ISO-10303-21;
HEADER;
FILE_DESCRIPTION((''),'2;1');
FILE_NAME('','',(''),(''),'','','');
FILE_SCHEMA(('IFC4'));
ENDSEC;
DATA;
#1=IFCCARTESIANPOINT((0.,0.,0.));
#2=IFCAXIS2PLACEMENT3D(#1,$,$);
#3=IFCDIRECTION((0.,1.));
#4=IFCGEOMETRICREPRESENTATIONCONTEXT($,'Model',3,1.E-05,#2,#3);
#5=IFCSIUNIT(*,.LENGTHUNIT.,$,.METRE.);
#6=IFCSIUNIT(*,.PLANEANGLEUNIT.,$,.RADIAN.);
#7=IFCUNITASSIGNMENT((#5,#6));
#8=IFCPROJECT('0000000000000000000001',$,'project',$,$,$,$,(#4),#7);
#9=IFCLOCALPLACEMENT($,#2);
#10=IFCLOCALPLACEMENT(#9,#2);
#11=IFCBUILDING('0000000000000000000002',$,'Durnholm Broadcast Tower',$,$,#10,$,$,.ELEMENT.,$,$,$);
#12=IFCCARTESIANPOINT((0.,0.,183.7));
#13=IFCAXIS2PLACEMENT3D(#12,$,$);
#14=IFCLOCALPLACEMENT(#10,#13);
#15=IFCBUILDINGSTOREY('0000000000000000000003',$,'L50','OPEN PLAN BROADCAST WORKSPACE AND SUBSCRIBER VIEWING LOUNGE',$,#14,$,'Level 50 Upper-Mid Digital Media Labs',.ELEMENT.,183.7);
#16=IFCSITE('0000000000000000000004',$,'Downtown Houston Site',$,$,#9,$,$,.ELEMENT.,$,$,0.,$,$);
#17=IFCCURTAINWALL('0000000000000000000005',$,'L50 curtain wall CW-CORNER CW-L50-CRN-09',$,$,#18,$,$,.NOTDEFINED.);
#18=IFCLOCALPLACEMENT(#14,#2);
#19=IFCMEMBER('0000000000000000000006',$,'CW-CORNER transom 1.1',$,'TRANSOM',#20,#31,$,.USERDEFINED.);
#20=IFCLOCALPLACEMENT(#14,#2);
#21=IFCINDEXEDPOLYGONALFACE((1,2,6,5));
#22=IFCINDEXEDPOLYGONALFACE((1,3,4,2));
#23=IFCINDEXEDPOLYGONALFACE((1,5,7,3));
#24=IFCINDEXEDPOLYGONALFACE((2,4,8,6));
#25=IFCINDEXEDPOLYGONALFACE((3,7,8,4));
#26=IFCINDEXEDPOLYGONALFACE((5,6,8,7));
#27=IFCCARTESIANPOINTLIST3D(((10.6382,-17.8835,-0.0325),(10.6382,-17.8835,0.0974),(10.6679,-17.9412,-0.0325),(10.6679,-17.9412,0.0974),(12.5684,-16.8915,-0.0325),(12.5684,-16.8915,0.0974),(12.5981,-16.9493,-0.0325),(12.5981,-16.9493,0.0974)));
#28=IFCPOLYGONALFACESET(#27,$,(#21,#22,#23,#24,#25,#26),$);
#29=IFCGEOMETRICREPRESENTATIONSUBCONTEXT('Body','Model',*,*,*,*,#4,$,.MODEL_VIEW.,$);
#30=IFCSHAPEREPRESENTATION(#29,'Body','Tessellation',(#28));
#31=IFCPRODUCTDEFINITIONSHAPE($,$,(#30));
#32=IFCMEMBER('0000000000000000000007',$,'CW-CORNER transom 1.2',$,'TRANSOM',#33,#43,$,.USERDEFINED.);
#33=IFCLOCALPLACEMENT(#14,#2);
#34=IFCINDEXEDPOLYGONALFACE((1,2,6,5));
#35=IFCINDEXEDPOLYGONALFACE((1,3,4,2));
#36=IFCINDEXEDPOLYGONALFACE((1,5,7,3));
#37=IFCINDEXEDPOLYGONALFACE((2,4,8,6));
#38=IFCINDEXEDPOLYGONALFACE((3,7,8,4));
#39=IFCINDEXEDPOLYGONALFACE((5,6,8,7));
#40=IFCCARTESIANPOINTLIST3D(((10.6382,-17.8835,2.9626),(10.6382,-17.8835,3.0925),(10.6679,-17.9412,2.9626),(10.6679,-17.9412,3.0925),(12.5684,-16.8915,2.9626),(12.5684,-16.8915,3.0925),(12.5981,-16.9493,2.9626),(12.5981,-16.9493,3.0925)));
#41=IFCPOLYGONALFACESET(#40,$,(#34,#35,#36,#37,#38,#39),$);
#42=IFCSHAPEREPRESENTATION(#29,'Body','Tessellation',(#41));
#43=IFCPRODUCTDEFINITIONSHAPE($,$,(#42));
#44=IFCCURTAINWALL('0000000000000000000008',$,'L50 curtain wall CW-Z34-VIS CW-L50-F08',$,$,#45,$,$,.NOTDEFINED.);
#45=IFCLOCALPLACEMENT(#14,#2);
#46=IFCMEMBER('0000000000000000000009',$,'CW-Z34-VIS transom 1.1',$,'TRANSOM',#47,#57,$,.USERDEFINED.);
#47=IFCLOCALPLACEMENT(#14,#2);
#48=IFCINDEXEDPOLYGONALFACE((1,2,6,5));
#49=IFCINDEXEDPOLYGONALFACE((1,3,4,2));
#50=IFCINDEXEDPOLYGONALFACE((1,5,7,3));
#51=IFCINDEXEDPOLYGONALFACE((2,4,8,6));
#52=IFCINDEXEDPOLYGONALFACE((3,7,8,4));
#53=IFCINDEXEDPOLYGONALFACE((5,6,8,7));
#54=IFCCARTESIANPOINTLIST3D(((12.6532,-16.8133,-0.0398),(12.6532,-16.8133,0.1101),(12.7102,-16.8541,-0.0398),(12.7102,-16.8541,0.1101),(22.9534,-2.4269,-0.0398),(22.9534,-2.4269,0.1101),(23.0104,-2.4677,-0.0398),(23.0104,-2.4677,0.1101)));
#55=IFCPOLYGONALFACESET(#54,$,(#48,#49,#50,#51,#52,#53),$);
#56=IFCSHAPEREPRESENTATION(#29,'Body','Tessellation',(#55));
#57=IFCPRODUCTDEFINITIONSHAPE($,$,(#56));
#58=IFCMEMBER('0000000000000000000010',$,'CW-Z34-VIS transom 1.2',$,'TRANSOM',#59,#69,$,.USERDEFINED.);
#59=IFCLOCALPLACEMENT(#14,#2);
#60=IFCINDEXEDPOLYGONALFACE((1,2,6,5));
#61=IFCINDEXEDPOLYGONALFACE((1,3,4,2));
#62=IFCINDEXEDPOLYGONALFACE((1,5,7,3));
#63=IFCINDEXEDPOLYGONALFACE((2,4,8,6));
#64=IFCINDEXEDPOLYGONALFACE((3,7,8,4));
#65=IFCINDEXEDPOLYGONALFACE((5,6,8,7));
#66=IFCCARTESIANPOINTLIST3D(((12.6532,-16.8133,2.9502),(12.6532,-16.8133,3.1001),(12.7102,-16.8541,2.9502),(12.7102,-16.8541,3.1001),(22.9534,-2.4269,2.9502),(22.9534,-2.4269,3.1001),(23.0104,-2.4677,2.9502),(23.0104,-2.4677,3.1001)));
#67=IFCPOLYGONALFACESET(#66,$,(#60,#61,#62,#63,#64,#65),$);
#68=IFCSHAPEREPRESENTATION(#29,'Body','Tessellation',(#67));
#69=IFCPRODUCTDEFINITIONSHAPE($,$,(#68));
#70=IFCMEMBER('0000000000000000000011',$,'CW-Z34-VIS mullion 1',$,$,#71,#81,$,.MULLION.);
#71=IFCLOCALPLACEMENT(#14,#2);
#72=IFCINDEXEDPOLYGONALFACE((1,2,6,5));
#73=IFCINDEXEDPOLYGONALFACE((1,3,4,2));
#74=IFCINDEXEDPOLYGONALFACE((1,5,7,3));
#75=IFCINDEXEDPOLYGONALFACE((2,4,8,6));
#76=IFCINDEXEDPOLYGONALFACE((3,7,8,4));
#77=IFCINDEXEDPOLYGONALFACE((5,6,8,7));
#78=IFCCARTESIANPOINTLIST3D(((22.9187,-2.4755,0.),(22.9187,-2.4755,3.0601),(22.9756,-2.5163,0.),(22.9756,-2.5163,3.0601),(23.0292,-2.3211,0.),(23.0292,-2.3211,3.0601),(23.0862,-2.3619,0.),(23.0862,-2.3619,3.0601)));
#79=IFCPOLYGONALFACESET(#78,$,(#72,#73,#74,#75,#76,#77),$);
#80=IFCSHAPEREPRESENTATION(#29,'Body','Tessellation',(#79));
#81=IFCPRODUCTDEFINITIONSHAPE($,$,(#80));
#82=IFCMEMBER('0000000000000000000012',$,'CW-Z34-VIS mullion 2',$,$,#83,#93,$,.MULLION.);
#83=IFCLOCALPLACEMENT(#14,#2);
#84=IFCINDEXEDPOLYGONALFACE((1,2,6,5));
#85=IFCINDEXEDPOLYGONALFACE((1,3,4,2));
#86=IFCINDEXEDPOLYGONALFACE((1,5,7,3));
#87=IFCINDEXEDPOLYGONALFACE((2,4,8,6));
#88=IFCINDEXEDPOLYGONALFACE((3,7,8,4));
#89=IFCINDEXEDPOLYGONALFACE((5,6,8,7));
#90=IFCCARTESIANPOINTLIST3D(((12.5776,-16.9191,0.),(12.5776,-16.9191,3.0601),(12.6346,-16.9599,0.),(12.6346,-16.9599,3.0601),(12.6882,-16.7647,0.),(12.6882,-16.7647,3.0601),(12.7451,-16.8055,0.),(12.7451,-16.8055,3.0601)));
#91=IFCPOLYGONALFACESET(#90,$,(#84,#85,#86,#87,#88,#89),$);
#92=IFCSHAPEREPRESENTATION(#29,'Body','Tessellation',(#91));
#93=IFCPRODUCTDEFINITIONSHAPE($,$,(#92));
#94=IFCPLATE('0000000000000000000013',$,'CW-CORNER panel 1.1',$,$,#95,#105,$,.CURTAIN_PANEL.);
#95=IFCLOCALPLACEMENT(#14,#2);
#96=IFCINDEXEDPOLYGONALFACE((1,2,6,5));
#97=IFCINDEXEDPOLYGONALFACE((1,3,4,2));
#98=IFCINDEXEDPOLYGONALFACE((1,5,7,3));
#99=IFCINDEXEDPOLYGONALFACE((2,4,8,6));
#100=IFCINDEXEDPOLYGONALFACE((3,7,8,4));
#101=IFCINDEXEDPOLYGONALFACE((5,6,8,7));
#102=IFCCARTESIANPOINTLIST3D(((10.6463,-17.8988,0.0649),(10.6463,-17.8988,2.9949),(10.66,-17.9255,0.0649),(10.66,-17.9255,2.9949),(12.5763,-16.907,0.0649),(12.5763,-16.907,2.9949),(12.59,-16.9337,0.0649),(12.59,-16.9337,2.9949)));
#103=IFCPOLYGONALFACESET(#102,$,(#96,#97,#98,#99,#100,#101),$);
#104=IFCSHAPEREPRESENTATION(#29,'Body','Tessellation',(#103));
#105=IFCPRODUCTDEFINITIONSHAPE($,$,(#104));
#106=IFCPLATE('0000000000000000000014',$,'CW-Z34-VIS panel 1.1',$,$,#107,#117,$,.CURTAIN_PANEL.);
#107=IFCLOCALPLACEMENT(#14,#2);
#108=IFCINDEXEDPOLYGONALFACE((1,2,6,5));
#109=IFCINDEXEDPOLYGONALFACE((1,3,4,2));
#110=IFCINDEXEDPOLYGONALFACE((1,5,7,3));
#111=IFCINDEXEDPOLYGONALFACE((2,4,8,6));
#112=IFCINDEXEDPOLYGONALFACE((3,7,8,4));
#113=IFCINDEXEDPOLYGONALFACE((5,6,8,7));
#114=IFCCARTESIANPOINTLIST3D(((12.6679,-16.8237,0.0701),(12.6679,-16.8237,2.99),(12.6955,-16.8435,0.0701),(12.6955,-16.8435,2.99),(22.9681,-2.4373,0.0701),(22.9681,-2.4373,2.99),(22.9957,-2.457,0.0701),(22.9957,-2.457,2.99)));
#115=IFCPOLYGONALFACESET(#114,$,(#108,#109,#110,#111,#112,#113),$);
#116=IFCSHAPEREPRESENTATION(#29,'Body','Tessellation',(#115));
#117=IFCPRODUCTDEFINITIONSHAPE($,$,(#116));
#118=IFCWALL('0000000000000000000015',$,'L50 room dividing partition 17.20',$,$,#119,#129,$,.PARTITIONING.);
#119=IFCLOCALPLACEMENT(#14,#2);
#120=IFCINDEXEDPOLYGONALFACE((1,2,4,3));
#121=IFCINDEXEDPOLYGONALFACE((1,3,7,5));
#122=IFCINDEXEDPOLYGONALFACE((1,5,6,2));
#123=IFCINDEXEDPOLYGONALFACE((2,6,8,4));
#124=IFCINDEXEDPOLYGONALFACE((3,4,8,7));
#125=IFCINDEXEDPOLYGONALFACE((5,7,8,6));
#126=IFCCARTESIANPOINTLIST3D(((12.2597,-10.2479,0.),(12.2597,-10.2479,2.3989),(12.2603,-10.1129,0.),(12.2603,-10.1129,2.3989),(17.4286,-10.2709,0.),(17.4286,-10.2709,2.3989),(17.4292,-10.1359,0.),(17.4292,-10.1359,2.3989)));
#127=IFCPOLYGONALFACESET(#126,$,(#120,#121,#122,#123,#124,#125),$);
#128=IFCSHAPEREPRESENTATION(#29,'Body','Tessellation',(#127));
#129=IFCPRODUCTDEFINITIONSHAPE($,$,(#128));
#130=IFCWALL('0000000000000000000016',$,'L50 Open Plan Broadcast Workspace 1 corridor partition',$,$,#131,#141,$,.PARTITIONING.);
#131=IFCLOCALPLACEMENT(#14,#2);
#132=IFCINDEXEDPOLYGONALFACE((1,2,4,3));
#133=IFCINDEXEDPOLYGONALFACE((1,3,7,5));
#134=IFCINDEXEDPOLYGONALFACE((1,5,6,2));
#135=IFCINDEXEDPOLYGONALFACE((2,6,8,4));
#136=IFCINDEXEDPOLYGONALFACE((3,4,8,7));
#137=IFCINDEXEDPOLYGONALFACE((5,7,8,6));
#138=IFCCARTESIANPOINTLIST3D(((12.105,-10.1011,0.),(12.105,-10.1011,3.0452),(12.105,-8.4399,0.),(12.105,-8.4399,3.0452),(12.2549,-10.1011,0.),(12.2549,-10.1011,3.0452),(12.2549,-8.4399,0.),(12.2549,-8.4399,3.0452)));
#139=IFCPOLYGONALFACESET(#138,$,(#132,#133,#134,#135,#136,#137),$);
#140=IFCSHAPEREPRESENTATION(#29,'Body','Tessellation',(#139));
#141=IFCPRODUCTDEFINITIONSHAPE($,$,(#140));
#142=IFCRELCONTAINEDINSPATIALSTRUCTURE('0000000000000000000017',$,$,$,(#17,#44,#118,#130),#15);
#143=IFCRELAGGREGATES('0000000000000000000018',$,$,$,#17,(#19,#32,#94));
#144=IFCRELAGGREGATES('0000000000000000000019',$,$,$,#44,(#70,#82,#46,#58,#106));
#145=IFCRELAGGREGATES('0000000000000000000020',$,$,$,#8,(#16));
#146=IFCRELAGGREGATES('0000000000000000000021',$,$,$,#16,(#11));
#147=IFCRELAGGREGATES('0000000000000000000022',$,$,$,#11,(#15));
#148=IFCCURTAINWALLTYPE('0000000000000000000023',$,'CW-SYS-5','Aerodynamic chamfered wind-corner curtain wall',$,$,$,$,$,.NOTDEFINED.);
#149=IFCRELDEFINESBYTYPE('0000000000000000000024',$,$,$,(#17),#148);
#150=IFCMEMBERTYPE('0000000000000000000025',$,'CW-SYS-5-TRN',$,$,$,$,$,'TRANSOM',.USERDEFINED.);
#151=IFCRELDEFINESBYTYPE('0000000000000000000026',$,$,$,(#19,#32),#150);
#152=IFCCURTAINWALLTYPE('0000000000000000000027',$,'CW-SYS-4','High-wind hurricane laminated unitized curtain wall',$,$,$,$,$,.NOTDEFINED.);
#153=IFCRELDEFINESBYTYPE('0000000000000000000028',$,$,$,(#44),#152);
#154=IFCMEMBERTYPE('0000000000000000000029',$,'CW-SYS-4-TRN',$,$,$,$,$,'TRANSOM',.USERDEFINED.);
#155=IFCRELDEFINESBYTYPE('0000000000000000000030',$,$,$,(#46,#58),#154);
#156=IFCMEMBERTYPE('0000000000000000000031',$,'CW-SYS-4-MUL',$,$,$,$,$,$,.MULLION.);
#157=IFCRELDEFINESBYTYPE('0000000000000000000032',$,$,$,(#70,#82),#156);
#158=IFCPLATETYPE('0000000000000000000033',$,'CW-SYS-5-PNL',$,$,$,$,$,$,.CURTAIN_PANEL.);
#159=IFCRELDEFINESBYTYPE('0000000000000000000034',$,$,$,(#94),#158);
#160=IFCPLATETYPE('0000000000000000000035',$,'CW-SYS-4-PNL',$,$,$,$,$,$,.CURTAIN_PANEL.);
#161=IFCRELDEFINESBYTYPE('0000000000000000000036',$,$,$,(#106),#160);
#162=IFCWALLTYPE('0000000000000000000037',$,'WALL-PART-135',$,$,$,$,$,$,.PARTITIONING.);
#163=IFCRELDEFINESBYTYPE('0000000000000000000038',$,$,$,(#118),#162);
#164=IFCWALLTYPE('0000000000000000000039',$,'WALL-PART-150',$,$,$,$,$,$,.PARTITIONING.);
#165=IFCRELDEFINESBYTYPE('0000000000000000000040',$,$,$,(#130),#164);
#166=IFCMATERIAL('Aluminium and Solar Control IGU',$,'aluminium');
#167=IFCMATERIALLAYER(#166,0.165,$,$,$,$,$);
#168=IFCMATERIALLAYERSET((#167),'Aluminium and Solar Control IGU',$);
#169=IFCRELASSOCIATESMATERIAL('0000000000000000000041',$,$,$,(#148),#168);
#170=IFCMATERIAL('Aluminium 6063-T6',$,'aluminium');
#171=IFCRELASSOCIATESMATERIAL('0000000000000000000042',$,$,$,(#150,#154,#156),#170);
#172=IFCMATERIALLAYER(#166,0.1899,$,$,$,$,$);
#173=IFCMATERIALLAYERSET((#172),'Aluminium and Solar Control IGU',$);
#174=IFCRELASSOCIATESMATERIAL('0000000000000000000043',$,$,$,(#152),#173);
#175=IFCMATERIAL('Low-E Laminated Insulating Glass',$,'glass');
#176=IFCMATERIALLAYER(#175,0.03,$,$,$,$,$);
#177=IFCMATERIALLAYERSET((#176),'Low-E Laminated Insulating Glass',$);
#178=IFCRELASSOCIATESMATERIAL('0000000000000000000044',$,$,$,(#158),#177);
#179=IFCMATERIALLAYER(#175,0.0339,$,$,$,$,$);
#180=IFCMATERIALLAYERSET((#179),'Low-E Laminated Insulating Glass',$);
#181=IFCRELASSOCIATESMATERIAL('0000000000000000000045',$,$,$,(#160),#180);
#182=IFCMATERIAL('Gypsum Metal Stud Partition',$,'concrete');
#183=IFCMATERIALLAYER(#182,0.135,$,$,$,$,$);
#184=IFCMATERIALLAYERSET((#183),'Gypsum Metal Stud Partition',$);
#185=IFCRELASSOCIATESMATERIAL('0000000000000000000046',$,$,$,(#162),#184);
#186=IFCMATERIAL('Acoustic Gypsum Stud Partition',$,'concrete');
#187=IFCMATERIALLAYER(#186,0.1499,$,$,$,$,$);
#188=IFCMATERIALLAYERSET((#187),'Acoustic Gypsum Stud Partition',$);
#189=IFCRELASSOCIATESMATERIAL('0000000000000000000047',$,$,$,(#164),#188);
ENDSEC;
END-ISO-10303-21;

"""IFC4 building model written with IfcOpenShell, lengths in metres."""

from ifc_helpers import new_model, si_unit, direction, frame, frame_2d, origin, origin_2d, place, context, subcontext, project, spatial, rectangle, extrude, source, transform, mapped, material, layer, layer_set, material_profile, profile_set, type_object, type_shapes, element, aggregate, save


model = new_model("IFC4")

# Units and contexts
model_context = context("Model", 3, precision=1e-05, world=origin(), true_north=direction((0.0, 1.0)))
body_context = subcontext(model_context, "Body", "Model", "MODEL_VIEW")
ifc_project = project(units=[si_unit("LENGTHUNIT", "METRE"), si_unit("PLANEANGLEUNIT", "RADIAN")], contexts=[model_context])

# Site, building, storey
site_placement = place(None, origin())
site = spatial("IfcSite", under=ifc_project, at=site_placement, Name="Downtown Houston Site", CompositionType="ELEMENT", RefElevation=0.0)
building_placement = place(site_placement, origin())
building = spatial("IfcBuilding", under=site, at=building_placement, Name="Durnholm Broadcast Tower", CompositionType="ELEMENT")
storey_placement = place(building_placement, frame((0.0, 0.0, 183.7)))
storey = spatial("IfcBuildingStorey", under=building, at=storey_placement, Name="L50", Description="OPEN PLAN BROADCAST WORKSPACE AND SUBSCRIBER VIEWING LOUNGE", LongName="Level 50 Upper-Mid Digital Media Labs", CompositionType="ELEMENT", Elevation=183.7)

# Shared definitions
ifc_material_1 = material(Name="Aluminium and Solar Control IGU", Category="aluminium")
ifc_layer_1 = layer(ifc_material_1, 0.165)
ifc_layer_set_1 = layer_set([ifc_layer_1], Name="Aluminium and Solar Control IGU")
curtain_wall_type_1 = type_object("IfcCurtainWallType", Name="CW-SYS-5", Description="Aerodynamic chamfered wind-corner curtain wall", PredefinedType="NOTDEFINED", material=ifc_layer_set_1)
ifc_material_2 = material(Name="Aluminium 6063-T6", Category="aluminium")

# Curtain walls, members
curtain_wall_1_placement = place(storey_placement, origin())
curtain_wall_1 = element("IfcCurtainWall", 1, at=curtain_wall_1_placement, inside=storey, type_object=curtain_wall_type_1, Name="L50 curtain wall CW-CORNER CW-L50-CRN-09", PredefinedType="NOTDEFINED")
ifc_material_profile_1 = material_profile(ifc_material_2, rectangle(XDim=0.0649, YDim=0.1299, at=origin_2d()), Name="CWT65X130")
ifc_profile_set_1 = profile_set([ifc_material_profile_1], Name="Aluminium 6063-T6")
member_type_1 = type_object("IfcMemberType", Name="CW-SYS-5-TRN", ElementType="TRANSOM", PredefinedType="USERDEFINED", material=ifc_profile_set_1)
shared_shape_1 = source(origin(), body_context, "Body", "SweptSolid", [
    extrude(rectangle(XDim=0.0649, YDim=0.1299, at=origin_2d()), origin(), (0.0, 0.0, 1.0), 2.1702),
])
type_shapes(member_type_1, [shared_shape_1])
member_1_placement = place(storey_placement, frame((12.5833, -16.9204, 0.0325), z_axis=(-0.889422, -0.457086, 0.0), x_axis=(0.457086, -0.889422, 0.0)))
member_1 = element("IfcMember", 2, at=member_1_placement, type_object=member_type_1, Name="CW-CORNER transom 1.1", ObjectType="TRANSOM", PredefinedType="USERDEFINED", context=body_context, shape_type="MappedRepresentation", body=[
    mapped(shared_shape_1, transform((0.0, 0.0, 0.0), x_axis=(1.0, 0.0, 0.0), y_axis=(0.0, 1.0, 0.0), z_axis=(0.0, 0.0, 1.0), scale=1.0)),
])
member_2_placement = place(storey_placement, frame((12.5833, -16.9204, 3.0276), z_axis=(-0.889422, -0.457086, 0.0), x_axis=(0.457086, -0.889422, 0.0)))
member_2 = element("IfcMember", 3, at=member_2_placement, type_object=member_type_1, Name="CW-CORNER transom 1.2", ObjectType="TRANSOM", PredefinedType="USERDEFINED", context=body_context, shape_type="MappedRepresentation", body=[
    mapped(shared_shape_1, transform((0.0, 0.0, 0.0), x_axis=(1.0, 0.0, 0.0), y_axis=(0.0, 1.0, 0.0), z_axis=(0.0, 0.0, 1.0), scale=1.0)),
])
ifc_layer_2 = layer(ifc_material_1, 0.1899)
ifc_layer_set_2 = layer_set([ifc_layer_2], Name="Aluminium and Solar Control IGU")
curtain_wall_type_2 = type_object("IfcCurtainWallType", Name="CW-SYS-4", Description="High-wind hurricane laminated unitized curtain wall", PredefinedType="NOTDEFINED", material=ifc_layer_set_2)
curtain_wall_2_placement = place(storey_placement, origin())
curtain_wall_2 = element("IfcCurtainWall", 4, at=curtain_wall_2_placement, inside=storey, type_object=curtain_wall_type_2, Name="L50 curtain wall CW-Z34-VIS CW-L50-F08", PredefinedType="NOTDEFINED")
ifc_material_profile_2 = material_profile(ifc_material_2, rectangle(XDim=0.0701, YDim=0.1499, at=origin_2d()), Name="CWT70X150")
ifc_profile_set_2 = profile_set([ifc_material_profile_2], Name="Aluminium 6063-T6")
member_type_2 = type_object("IfcMemberType", Name="CW-SYS-4-TRN", ElementType="TRANSOM", PredefinedType="USERDEFINED", material=ifc_profile_set_2)
shared_shape_2 = source(origin(), body_context, "Body", "SweptSolid", [
    extrude(rectangle(XDim=0.0701, YDim=0.1499, at=origin_2d()), origin(), (0.0, 0.0, 1.0), 17.6936),
])
type_shapes(member_type_2, [shared_shape_2])
member_3_placement = place(storey_placement, frame((22.9819, -2.4473, 0.0352), z_axis=(-0.582145, -0.813085, 0.0), x_axis=(0.813085, -0.582145, 0.0)))
member_3 = element("IfcMember", 5, at=member_3_placement, type_object=member_type_2, Name="CW-Z34-VIS transom 1.1", ObjectType="TRANSOM", PredefinedType="USERDEFINED", context=body_context, shape_type="MappedRepresentation", body=[
    mapped(shared_shape_2, transform((0.0, 0.0, 0.0), x_axis=(1.0, 0.0, 0.0), y_axis=(0.0, 1.0, 0.0), z_axis=(0.0, 0.0, 1.0), scale=1.0)),
])
member_4_placement = place(storey_placement, frame((22.9819, -2.4473, 3.0251), z_axis=(-0.582145, -0.813085, 0.0), x_axis=(0.813085, -0.582145, 0.0)))
member_4 = element("IfcMember", 6, at=member_4_placement, type_object=member_type_2, Name="CW-Z34-VIS transom 1.2", ObjectType="TRANSOM", PredefinedType="USERDEFINED", context=body_context, shape_type="MappedRepresentation", body=[
    mapped(shared_shape_2, transform((0.0, 0.0, 0.0), x_axis=(1.0, 0.0, 0.0), y_axis=(0.0, 1.0, 0.0), z_axis=(0.0, 0.0, 1.0), scale=1.0)),
])
ifc_material_profile_3 = material_profile(ifc_material_2, rectangle(XDim=0.0701, YDim=0.1899, at=origin_2d()), Name="CWM70X190")
ifc_profile_set_3 = profile_set([ifc_material_profile_3], Name="Aluminium 6063-T6")
member_type_3 = type_object("IfcMemberType", Name="CW-SYS-4-MUL", PredefinedType="MULLION", material=ifc_profile_set_3)
shared_shape_3 = source(origin(), body_context, "Body", "SweptSolid", [
    extrude(rectangle(XDim=0.0701, YDim=0.1899, at=origin_2d()), origin(), (0.0, 0.0, 1.0), 3.0601),
])
type_shapes(member_type_3, [shared_shape_3])
member_5_placement = place(storey_placement, frame((23.0024, -2.4187, 0.0), z_axis=(0.0, 0.0, 1.0), x_axis=(0.813089, -0.582139, 0.0)))
member_5 = element("IfcMember", 7, at=member_5_placement, type_object=member_type_3, Name="CW-Z34-VIS mullion 1", PredefinedType="MULLION", context=body_context, shape_type="MappedRepresentation", body=[
    mapped(shared_shape_3, transform((0.0, 0.0, 0.0), x_axis=(1.0, 0.0, 0.0), y_axis=(0.0, 1.0, 0.0), z_axis=(0.0, 0.0, 1.0), scale=1.0)),
])
member_6_placement = place(storey_placement, frame((12.6614, -16.8623, 0.0), z_axis=(0.0, 0.0, 1.0), x_axis=(0.813089, -0.582139, 0.0)))
member_6 = element("IfcMember", 8, at=member_6_placement, type_object=member_type_3, Name="CW-Z34-VIS mullion 2", PredefinedType="MULLION", context=body_context, shape_type="MappedRepresentation", body=[
    mapped(shared_shape_3, transform((0.0, 0.0, 0.0), x_axis=(1.0, 0.0, 0.0), y_axis=(0.0, 1.0, 0.0), z_axis=(0.0, 0.0, 1.0), scale=1.0)),
])

# Plates
ifc_material_3 = material(Name="Low-E Laminated Insulating Glass", Category="glass")
ifc_layer_3 = layer(ifc_material_3, 0.03)
ifc_layer_set_3 = layer_set([ifc_layer_3], Name="Low-E Laminated Insulating Glass")
plate_type_1 = type_object("IfcPlateType", Name="CW-SYS-5-PNL", PredefinedType="CURTAIN_PANEL", material=ifc_layer_set_3)
shared_shape_4 = source(origin(), body_context, "Body", "SweptSolid", [
    extrude(rectangle(XDim=2.1699, YDim=0.03, at=origin_2d()), origin(), (0.0, 0.0, 1.0), 2.9299),
])
type_shapes(plate_type_1, [shared_shape_4])
plate_1_placement = place(storey_placement, frame((11.6182, -17.4163, 0.0649), z_axis=(0.0, 0.0, 1.0), x_axis=(-0.889425, -0.457082, 0.0)))
plate_1 = element("IfcPlate", 9, at=plate_1_placement, type_object=plate_type_1, Name="CW-CORNER panel 1.1", PredefinedType="CURTAIN_PANEL", context=body_context, shape_type="MappedRepresentation", body=[
    mapped(shared_shape_4, transform((0.0, 0.0, 0.0), x_axis=(1.0, 0.0, 0.0), y_axis=(0.0, 1.0, 0.0), z_axis=(0.0, 0.0, 1.0), scale=1.0)),
])
aggregate(curtain_wall_1, [member_1, member_2, plate_1])
ifc_layer_4 = layer(ifc_material_3, 0.0339)
ifc_layer_set_4 = layer_set([ifc_layer_4], Name="Low-E Laminated Insulating Glass")
plate_type_2 = type_object("IfcPlateType", Name="CW-SYS-4-PNL", PredefinedType="CURTAIN_PANEL", material=ifc_layer_set_4)
shared_shape_5 = source(origin(), body_context, "Body", "SweptSolid", [
    extrude(rectangle(XDim=17.6936, YDim=0.0339, at=origin_2d()), origin(), (0.0, 0.0, 1.0), 2.9199),
])
type_shapes(plate_type_2, [shared_shape_5])
plate_2_placement = place(storey_placement, frame((17.8318, -9.6404, 0.0701), z_axis=(0.0, 0.0, 1.0), x_axis=(-0.582139, -0.813089, 0.0)))
plate_2 = element("IfcPlate", 10, at=plate_2_placement, type_object=plate_type_2, Name="CW-Z34-VIS panel 1.1", PredefinedType="CURTAIN_PANEL", context=body_context, shape_type="MappedRepresentation", body=[
    mapped(shared_shape_5, transform((0.0, 0.0, 0.0), x_axis=(1.0, 0.0, 0.0), y_axis=(0.0, 1.0, 0.0), z_axis=(0.0, 0.0, 1.0), scale=1.0)),
])
aggregate(curtain_wall_2, [member_5, member_6, member_3, member_4, plate_2])

# Walls
ifc_material_4 = material(Name="Gypsum Metal Stud Partition", Category="concrete")
ifc_layer_5 = layer(ifc_material_4, 0.135)
ifc_layer_set_5 = layer_set([ifc_layer_5], Name="Gypsum Metal Stud Partition")
wall_type_1 = type_object("IfcWallType", Name="WALL-PART-135", PredefinedType="PARTITIONING", material=ifc_layer_set_5)
wall_1_placement = place(storey_placement, frame((12.26, -10.1804, 0.0), z_axis=(0.0, 0.0, 1.0), x_axis=(0.99999, -0.00444, 0.0)))
element("IfcWall", 11, at=wall_1_placement, inside=storey, type_object=wall_type_1, Name="L50 room dividing partition 17.20", PredefinedType="PARTITIONING", context=body_context, shape_type="SweptSolid", body=[
    extrude(rectangle(XDim=5.1689, YDim=0.135, at=frame_2d((2.5845, 0.0))), origin(), (0.0, 0.0, 1.0), 2.3989),
])
ifc_material_5 = material(Name="Acoustic Gypsum Stud Partition", Category="concrete")
ifc_layer_6 = layer(ifc_material_5, 0.1499)
ifc_layer_set_6 = layer_set([ifc_layer_6], Name="Acoustic Gypsum Stud Partition")
wall_type_2 = type_object("IfcWallType", Name="WALL-PART-150", PredefinedType="PARTITIONING", material=ifc_layer_set_6)
wall_2_placement = place(storey_placement, frame((12.1799, -10.1011, 0.0), z_axis=(0.0, 0.0, 1.0), x_axis=(0.0, 1.0, 0.0)))
element("IfcWall", 12, at=wall_2_placement, inside=storey, type_object=wall_type_2, Name="L50 Open Plan Broadcast Workspace 1 corridor partition", PredefinedType="PARTITIONING", context=body_context, shape_type="SweptSolid", body=[
    extrude(rectangle(XDim=1.6611, YDim=0.1499, at=frame_2d((0.8306, 0.0))), origin(), (0.0, 0.0, 1.0), 3.0452),
])

save(model, "model.ifc")
